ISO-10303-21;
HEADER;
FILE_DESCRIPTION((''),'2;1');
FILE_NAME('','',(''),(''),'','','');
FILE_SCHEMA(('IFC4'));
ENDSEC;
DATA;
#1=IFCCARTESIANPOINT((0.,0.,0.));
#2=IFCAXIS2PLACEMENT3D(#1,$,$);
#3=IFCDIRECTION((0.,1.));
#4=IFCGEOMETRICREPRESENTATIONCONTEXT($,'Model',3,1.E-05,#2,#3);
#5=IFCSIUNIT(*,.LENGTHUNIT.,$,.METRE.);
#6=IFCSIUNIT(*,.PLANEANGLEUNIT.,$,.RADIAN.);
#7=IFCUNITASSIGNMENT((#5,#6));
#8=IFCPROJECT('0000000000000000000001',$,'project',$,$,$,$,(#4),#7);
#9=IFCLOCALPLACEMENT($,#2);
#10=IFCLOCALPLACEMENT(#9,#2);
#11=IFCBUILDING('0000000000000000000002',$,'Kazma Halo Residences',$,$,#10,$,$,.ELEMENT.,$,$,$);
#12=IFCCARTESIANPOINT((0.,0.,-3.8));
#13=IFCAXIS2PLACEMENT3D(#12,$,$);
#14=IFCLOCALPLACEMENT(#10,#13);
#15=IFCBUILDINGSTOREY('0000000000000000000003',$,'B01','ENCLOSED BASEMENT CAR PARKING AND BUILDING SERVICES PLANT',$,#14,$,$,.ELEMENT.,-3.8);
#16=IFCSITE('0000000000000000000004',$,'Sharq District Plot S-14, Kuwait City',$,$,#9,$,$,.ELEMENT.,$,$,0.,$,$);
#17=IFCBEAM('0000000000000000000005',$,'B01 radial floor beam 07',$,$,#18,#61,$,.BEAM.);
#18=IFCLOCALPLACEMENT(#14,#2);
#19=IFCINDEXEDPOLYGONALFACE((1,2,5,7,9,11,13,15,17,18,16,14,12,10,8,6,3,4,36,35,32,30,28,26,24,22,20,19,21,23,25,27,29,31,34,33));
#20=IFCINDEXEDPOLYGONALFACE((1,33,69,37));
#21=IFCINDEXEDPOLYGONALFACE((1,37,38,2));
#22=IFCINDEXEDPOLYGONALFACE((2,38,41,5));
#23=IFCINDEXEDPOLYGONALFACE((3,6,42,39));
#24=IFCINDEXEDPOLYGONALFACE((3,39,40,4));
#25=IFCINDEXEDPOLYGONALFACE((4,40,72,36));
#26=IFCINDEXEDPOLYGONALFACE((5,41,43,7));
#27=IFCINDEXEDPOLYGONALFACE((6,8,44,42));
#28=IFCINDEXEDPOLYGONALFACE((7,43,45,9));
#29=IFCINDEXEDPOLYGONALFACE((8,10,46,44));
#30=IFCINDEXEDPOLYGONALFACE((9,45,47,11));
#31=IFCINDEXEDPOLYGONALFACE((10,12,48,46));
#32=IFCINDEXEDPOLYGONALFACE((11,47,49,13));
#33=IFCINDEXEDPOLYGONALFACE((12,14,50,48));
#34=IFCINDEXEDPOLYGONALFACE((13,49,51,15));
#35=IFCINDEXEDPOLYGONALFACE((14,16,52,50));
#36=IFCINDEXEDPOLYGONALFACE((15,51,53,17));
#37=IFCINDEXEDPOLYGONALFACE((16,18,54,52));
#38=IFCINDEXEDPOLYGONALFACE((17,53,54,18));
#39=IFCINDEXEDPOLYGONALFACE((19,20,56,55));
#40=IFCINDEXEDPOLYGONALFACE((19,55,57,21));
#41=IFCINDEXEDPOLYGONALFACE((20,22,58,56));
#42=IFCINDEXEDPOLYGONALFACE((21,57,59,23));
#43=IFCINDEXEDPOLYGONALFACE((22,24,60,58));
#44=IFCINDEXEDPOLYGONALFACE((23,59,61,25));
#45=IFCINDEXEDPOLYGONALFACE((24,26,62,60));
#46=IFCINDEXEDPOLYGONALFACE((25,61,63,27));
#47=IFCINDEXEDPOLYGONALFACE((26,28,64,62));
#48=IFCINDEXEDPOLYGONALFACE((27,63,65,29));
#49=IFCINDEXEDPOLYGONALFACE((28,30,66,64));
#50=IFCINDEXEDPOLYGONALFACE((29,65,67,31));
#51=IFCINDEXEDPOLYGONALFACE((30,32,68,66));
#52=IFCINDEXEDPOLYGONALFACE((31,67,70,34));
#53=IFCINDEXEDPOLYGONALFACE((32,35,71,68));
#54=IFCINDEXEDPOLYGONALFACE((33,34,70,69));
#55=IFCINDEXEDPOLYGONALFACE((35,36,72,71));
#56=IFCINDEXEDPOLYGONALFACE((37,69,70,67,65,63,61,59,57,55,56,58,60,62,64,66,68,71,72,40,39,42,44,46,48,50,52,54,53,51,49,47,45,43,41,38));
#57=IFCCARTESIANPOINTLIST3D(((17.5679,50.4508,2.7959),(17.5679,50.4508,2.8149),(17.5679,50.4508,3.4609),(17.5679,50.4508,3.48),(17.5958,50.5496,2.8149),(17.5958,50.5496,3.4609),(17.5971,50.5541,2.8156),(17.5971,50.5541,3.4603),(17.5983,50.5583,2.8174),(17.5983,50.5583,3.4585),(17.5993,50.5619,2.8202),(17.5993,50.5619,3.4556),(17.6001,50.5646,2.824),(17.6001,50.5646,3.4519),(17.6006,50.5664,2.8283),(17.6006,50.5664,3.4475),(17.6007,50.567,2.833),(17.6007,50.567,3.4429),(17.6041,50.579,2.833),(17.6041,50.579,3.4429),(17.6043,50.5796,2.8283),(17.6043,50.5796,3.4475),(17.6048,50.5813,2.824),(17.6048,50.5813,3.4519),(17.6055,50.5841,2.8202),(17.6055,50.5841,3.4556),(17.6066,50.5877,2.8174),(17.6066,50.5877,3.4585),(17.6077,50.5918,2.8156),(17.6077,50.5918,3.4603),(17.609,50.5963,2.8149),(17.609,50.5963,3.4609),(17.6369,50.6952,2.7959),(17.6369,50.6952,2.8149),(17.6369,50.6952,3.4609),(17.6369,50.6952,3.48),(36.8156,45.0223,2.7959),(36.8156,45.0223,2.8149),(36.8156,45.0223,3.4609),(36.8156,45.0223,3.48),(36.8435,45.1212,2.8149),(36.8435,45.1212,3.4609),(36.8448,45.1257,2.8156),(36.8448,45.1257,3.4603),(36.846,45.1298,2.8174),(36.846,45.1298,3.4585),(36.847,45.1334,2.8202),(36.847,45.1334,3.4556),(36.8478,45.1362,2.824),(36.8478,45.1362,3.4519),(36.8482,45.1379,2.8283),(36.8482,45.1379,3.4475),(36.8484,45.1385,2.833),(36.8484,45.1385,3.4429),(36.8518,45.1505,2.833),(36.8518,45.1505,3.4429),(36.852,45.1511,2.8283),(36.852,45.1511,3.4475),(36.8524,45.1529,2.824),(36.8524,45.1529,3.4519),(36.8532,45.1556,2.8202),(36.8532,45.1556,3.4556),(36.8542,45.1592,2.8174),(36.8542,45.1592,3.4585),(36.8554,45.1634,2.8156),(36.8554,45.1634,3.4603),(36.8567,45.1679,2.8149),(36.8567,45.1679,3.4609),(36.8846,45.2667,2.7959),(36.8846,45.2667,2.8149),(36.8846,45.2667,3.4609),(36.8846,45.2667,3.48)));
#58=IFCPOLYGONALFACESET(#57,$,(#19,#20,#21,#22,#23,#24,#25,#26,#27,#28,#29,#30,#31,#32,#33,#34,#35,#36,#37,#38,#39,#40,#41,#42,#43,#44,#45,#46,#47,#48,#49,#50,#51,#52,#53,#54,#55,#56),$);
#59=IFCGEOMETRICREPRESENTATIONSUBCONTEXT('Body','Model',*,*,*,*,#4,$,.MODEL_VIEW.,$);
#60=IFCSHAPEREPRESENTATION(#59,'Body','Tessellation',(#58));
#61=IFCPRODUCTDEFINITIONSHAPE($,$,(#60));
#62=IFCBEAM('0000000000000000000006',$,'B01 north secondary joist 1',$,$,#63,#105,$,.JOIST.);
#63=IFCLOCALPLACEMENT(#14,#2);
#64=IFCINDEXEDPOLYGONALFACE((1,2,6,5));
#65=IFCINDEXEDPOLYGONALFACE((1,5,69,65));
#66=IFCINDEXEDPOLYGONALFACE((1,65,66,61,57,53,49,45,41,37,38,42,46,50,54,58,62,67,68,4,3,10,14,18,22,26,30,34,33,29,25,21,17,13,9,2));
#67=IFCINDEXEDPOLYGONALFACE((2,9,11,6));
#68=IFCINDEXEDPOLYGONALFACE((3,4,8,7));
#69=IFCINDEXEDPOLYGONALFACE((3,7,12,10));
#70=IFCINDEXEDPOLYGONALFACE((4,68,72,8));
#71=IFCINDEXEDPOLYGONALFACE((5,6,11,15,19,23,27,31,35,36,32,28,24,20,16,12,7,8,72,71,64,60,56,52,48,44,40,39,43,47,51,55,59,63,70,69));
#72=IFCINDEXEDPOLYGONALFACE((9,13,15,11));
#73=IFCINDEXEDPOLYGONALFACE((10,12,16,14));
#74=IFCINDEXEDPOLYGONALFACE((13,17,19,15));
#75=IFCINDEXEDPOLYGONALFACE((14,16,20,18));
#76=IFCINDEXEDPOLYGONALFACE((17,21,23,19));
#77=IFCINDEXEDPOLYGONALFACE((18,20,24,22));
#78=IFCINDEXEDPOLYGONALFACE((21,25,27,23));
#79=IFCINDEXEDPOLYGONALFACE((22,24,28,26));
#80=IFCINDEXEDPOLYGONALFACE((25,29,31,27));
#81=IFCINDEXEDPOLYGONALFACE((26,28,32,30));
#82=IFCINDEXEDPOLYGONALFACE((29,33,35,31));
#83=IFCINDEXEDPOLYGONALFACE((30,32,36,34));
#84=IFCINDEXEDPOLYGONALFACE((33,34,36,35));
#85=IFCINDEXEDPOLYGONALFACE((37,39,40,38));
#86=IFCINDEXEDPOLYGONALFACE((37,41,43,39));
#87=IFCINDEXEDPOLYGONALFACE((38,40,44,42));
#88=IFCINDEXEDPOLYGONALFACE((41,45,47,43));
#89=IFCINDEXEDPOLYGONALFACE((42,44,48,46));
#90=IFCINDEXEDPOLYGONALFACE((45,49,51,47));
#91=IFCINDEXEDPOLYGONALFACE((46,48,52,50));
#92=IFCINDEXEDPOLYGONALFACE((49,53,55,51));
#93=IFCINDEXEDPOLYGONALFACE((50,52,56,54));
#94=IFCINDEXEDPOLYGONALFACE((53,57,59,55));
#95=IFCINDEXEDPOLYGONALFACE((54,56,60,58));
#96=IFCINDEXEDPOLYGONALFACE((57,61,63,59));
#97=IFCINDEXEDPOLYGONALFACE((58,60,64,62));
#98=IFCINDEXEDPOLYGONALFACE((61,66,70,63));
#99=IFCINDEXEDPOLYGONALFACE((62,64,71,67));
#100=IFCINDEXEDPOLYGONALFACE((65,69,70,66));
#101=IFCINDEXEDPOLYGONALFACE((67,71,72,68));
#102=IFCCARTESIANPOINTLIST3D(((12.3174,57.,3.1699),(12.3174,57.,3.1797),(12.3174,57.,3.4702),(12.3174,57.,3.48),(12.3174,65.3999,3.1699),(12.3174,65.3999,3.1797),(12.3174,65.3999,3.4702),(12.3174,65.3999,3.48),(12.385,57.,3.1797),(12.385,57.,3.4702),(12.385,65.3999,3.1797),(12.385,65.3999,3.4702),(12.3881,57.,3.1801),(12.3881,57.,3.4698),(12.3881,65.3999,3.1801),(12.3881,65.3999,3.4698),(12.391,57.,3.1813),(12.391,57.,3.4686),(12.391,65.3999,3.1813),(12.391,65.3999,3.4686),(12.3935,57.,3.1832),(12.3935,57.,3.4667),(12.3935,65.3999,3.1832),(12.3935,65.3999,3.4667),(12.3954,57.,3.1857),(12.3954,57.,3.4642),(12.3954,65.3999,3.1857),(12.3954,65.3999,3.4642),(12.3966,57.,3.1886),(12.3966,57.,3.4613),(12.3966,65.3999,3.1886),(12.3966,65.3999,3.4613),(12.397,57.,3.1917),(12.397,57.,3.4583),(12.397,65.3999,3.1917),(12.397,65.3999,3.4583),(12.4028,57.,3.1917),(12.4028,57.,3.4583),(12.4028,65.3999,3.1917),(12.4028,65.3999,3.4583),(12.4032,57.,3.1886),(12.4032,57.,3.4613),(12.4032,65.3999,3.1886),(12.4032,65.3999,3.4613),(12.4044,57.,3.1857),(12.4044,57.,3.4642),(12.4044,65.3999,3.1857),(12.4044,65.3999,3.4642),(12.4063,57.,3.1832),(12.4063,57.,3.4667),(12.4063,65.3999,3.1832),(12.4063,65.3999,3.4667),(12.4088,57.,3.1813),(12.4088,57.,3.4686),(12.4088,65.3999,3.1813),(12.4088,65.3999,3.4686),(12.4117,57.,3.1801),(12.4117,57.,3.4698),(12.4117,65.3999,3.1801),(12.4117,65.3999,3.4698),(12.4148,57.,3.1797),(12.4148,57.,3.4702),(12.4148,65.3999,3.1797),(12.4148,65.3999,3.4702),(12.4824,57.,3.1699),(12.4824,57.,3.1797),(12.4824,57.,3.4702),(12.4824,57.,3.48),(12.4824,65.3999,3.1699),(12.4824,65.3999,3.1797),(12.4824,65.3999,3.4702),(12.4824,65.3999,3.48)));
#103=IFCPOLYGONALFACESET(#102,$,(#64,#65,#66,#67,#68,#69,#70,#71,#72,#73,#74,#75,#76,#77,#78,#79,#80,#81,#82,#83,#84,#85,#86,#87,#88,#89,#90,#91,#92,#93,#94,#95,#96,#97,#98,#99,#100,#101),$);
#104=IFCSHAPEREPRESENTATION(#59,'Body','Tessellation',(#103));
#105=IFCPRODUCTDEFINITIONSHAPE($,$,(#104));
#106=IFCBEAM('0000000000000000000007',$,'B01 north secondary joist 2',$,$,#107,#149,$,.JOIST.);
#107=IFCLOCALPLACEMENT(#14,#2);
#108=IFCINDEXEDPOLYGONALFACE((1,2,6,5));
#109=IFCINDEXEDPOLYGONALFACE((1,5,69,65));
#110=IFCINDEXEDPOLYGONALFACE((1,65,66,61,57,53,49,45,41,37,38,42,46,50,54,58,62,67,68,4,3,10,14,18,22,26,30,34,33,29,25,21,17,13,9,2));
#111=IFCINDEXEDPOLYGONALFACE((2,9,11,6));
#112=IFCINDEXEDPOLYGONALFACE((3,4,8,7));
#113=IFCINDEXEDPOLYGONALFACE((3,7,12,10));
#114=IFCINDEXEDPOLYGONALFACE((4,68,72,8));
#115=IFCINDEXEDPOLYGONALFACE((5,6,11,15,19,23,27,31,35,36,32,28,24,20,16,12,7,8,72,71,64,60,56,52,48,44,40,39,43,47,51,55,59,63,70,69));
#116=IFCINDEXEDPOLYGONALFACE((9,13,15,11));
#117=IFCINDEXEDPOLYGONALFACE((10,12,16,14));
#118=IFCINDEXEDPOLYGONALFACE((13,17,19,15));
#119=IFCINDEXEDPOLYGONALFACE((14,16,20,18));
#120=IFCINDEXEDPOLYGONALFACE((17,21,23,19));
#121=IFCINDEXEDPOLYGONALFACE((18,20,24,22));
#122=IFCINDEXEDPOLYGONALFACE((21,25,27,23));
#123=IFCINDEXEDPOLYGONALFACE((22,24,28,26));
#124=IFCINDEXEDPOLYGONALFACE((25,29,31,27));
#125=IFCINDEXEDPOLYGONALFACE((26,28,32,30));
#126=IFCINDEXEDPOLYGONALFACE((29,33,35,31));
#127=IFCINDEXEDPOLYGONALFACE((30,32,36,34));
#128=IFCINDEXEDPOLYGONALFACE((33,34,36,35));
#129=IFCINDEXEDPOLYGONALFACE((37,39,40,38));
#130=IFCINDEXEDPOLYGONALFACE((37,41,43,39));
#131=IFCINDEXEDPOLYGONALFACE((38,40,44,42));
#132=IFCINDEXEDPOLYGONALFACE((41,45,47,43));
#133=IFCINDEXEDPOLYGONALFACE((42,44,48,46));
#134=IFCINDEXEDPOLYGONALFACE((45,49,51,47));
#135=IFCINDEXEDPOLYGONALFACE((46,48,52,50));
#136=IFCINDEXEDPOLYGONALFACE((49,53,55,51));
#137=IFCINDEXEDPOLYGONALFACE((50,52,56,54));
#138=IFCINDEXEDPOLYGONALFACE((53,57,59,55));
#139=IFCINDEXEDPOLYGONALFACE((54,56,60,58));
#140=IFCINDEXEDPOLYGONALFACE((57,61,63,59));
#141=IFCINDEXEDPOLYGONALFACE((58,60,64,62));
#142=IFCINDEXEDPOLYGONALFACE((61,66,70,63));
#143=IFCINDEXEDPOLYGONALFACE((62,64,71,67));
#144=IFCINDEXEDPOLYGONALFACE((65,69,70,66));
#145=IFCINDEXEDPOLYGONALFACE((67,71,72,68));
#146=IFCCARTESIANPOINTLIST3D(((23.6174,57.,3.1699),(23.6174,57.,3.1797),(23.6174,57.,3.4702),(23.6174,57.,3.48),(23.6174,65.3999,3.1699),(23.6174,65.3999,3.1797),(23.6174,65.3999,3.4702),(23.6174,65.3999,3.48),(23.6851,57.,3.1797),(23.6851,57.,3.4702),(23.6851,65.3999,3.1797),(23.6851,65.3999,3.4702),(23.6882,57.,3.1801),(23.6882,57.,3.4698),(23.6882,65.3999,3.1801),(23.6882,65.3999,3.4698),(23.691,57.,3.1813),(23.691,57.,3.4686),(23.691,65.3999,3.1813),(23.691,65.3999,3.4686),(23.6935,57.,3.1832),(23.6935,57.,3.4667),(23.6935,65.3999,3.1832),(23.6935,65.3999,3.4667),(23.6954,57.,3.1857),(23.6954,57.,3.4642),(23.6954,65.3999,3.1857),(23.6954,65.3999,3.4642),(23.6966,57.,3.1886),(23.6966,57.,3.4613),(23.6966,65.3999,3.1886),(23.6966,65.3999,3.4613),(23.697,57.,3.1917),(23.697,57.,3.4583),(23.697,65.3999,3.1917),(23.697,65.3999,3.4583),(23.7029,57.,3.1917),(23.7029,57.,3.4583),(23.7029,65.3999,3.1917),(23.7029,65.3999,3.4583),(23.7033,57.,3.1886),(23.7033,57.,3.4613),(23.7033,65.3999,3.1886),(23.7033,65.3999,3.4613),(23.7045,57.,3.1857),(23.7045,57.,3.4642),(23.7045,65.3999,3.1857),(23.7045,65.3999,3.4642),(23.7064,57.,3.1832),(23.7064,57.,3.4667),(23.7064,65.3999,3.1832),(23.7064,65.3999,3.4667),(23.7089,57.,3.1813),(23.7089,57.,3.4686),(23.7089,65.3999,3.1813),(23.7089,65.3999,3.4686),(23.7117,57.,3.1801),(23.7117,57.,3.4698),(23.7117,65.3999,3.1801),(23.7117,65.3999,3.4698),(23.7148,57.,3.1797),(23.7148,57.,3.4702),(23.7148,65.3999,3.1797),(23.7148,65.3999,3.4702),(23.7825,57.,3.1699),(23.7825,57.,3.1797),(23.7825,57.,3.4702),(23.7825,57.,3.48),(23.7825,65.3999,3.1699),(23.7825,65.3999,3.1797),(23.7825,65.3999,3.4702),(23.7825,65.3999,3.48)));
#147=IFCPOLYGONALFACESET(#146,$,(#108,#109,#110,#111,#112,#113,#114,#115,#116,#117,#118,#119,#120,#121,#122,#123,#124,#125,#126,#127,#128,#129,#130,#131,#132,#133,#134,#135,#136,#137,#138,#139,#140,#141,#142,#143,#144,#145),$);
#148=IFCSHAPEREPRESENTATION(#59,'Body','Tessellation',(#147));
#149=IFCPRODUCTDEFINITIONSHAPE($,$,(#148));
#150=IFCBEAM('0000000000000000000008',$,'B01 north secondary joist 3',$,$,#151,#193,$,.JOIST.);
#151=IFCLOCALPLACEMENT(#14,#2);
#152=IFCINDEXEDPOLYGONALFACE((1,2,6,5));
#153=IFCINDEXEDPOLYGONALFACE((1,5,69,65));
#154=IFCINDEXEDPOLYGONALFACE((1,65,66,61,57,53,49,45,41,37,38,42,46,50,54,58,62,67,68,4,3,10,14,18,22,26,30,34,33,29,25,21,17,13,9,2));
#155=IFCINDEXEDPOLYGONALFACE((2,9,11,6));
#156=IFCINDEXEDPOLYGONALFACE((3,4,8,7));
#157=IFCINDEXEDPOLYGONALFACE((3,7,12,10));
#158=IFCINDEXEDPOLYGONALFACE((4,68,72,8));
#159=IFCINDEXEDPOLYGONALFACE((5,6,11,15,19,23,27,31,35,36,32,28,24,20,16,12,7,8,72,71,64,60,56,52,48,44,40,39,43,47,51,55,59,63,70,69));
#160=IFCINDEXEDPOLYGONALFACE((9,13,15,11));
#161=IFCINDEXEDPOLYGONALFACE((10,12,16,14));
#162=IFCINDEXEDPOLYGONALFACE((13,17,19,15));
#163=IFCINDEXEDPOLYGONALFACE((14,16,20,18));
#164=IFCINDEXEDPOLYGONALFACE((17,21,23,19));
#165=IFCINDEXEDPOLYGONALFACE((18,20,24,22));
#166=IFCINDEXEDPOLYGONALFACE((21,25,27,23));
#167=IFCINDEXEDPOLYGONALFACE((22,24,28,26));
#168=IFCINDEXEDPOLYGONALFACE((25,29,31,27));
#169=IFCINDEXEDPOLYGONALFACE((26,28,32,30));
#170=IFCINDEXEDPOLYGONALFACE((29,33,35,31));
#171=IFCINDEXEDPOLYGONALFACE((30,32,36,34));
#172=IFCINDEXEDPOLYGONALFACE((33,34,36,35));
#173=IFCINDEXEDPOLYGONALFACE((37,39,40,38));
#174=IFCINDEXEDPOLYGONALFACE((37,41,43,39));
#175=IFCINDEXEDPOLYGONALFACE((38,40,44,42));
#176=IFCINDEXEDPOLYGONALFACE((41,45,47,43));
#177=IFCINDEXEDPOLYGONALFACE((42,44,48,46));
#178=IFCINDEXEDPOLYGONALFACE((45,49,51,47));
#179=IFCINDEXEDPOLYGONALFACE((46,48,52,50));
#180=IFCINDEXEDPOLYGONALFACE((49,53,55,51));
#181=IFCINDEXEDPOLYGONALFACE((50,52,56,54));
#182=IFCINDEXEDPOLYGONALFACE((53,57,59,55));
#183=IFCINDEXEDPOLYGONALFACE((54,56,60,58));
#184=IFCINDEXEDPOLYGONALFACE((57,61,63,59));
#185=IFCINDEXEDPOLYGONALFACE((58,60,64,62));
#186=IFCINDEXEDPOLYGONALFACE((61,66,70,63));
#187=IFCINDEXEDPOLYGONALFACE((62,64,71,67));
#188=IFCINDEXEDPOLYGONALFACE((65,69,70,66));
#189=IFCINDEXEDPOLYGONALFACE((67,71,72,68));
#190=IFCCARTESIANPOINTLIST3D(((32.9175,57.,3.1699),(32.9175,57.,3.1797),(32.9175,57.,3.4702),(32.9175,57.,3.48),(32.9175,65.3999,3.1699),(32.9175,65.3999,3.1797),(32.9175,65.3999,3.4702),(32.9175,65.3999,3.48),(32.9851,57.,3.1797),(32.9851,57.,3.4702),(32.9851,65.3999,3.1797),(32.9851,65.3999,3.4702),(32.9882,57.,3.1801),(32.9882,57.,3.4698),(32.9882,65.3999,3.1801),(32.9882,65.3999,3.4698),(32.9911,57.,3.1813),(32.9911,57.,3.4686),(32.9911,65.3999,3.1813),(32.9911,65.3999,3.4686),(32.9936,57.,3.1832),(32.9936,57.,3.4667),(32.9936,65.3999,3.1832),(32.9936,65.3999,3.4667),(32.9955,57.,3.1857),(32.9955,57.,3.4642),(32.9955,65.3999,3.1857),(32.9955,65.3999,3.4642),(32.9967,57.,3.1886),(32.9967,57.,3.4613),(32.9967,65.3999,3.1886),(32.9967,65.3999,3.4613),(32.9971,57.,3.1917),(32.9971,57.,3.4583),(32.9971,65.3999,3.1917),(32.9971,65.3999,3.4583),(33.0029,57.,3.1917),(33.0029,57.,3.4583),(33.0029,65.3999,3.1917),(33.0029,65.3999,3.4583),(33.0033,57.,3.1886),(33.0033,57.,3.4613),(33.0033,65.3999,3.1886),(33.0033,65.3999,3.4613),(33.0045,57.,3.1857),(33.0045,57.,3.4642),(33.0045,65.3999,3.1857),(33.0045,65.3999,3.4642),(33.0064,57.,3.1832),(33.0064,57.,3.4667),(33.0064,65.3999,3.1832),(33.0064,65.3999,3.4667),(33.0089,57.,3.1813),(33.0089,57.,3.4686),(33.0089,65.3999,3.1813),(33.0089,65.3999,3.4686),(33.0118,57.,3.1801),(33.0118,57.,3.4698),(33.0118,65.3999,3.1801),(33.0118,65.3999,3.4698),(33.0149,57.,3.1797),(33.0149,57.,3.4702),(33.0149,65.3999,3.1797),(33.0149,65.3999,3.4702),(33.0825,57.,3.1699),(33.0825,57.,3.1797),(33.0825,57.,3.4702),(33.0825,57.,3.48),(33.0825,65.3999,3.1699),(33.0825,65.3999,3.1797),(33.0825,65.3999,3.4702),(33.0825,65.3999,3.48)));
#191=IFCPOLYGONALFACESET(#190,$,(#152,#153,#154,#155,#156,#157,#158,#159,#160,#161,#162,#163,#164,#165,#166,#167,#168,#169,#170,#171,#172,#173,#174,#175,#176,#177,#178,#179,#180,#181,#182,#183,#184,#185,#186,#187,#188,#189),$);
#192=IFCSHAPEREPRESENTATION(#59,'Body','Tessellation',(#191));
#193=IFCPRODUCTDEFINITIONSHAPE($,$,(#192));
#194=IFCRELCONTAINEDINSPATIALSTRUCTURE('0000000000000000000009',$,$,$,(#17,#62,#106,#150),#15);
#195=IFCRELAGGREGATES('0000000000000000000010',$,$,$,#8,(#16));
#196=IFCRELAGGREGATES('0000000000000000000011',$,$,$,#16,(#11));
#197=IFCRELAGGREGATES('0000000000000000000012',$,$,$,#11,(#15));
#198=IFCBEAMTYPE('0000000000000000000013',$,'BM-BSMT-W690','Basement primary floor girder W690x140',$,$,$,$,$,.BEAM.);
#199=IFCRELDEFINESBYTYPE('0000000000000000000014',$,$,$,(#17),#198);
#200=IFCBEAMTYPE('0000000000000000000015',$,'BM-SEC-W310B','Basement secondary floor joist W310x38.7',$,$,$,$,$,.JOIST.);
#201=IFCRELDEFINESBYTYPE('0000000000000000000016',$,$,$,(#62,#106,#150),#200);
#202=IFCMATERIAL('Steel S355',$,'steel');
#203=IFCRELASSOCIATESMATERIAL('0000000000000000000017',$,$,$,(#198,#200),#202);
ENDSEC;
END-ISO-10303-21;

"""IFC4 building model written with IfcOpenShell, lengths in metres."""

from ifc_helpers import new_model, si_unit, direction, frame, origin, origin_2d, place, context, subcontext, project, spatial, i_section, extrude, material, material_profile, profile_set, type_object, element, save


model = new_model("IFC4")

# Units and contexts
model_context = context("Model", 3, precision=1e-05, world=origin(), true_north=direction((0.0, 1.0)))
body_context = subcontext(model_context, "Body", "Model", "MODEL_VIEW")
ifc_project = project(units=[si_unit("LENGTHUNIT", "METRE"), si_unit("PLANEANGLEUNIT", "RADIAN")], contexts=[model_context])

# Site, building, storey
site_placement = place(None, origin())
site = spatial("IfcSite", under=ifc_project, at=site_placement, Name="Sharq District Plot S-14, Kuwait City", CompositionType="ELEMENT", RefElevation=0.0)
building_placement = place(site_placement, origin())
building = spatial("IfcBuilding", under=site, at=building_placement, Name="Kazma Halo Residences", CompositionType="ELEMENT")
storey_placement = place(building_placement, frame((0.0, 0.0, -3.8)))
storey = spatial("IfcBuildingStorey", under=building, at=storey_placement, Name="B01", Description="ENCLOSED BASEMENT CAR PARKING AND BUILDING SERVICES PLANT", CompositionType="ELEMENT", Elevation=-3.8)

# Beams
ifc_material_1 = material(Name="Steel S355", Category="steel")
ifc_material_profile_1 = material_profile(ifc_material_1, i_section(OverallWidth=0.2539, OverallDepth=0.6841, WebThickness=0.0125, FlangeThickness=0.019, FilletRadius=0.0181, at=origin_2d()), Name="W690x140")
ifc_profile_set_1 = profile_set([ifc_material_profile_1], Name="Steel S355")
beam_type_1 = type_object("IfcBeamType", Name="BM-BSMT-W690", Description="Basement primary floor girder W690x140", PredefinedType="BEAM", material=ifc_profile_set_1)
beam_1_placement = place(storey_placement, frame((36.8501, 45.1445, 3.1379), z_axis=(-0.962455, 0.271442, 0.0), x_axis=(-0.271442, -0.962455, 0.0)))
element("IfcBeam", 1, at=beam_1_placement, inside=storey, type_object=beam_type_1, Name="B01 radial floor beam 07", PredefinedType="BEAM", context=body_context, shape_type="SweptSolid", body=[
    extrude(i_section(OverallWidth=0.2539, OverallDepth=0.6841, WebThickness=0.0125, FlangeThickness=0.019, FilletRadius=0.0181, at=origin_2d()), origin(), (0.0, 0.0, 1.0), 19.9985),
])
ifc_material_profile_2 = material_profile(ifc_material_1, i_section(OverallWidth=0.165, OverallDepth=0.3101, WebThickness=0.0059, FlangeThickness=0.0098, FilletRadius=0.012, at=origin_2d()), Name="W310x38.7")
ifc_profile_set_2 = profile_set([ifc_material_profile_2], Name="Steel S355")
beam_type_2 = type_object("IfcBeamType", Name="BM-SEC-W310B", Description="Basement secondary floor joist W310x38.7", PredefinedType="JOIST", material=ifc_profile_set_2)
for number, where, z_axis, x_axis, name in (
    (2, (12.3999, 57.0, 3.325), (0.0, 1.0, 0.0), (-1.0, 0.0, 0.0), "B01 north secondary joist 1"),
    (3, (23.7, 57.0, 3.325), (0.0, 1.0, 0.0), (-1.0, 0.0, 0.0), "B01 north secondary joist 2"),
    (4, (33.0, 57.0, 3.325), (0.0, 1.0, 0.0), (-1.0, 0.0, 0.0), "B01 north secondary joist 3"),
):
    element("IfcBeam", number, at=place(storey_placement, frame(where, z_axis=z_axis, x_axis=x_axis)), inside=storey, type_object=beam_type_2, Name=name, PredefinedType="JOIST", context=body_context, shape_type="SweptSolid", body=[
        extrude(i_section(OverallWidth=0.165, OverallDepth=0.3101, WebThickness=0.0059, FlangeThickness=0.0098, FilletRadius=0.012, at=origin_2d()), origin(), (0.0, 0.0, 1.0), 8.3999),
    ])

save(model, "model.ifc")
